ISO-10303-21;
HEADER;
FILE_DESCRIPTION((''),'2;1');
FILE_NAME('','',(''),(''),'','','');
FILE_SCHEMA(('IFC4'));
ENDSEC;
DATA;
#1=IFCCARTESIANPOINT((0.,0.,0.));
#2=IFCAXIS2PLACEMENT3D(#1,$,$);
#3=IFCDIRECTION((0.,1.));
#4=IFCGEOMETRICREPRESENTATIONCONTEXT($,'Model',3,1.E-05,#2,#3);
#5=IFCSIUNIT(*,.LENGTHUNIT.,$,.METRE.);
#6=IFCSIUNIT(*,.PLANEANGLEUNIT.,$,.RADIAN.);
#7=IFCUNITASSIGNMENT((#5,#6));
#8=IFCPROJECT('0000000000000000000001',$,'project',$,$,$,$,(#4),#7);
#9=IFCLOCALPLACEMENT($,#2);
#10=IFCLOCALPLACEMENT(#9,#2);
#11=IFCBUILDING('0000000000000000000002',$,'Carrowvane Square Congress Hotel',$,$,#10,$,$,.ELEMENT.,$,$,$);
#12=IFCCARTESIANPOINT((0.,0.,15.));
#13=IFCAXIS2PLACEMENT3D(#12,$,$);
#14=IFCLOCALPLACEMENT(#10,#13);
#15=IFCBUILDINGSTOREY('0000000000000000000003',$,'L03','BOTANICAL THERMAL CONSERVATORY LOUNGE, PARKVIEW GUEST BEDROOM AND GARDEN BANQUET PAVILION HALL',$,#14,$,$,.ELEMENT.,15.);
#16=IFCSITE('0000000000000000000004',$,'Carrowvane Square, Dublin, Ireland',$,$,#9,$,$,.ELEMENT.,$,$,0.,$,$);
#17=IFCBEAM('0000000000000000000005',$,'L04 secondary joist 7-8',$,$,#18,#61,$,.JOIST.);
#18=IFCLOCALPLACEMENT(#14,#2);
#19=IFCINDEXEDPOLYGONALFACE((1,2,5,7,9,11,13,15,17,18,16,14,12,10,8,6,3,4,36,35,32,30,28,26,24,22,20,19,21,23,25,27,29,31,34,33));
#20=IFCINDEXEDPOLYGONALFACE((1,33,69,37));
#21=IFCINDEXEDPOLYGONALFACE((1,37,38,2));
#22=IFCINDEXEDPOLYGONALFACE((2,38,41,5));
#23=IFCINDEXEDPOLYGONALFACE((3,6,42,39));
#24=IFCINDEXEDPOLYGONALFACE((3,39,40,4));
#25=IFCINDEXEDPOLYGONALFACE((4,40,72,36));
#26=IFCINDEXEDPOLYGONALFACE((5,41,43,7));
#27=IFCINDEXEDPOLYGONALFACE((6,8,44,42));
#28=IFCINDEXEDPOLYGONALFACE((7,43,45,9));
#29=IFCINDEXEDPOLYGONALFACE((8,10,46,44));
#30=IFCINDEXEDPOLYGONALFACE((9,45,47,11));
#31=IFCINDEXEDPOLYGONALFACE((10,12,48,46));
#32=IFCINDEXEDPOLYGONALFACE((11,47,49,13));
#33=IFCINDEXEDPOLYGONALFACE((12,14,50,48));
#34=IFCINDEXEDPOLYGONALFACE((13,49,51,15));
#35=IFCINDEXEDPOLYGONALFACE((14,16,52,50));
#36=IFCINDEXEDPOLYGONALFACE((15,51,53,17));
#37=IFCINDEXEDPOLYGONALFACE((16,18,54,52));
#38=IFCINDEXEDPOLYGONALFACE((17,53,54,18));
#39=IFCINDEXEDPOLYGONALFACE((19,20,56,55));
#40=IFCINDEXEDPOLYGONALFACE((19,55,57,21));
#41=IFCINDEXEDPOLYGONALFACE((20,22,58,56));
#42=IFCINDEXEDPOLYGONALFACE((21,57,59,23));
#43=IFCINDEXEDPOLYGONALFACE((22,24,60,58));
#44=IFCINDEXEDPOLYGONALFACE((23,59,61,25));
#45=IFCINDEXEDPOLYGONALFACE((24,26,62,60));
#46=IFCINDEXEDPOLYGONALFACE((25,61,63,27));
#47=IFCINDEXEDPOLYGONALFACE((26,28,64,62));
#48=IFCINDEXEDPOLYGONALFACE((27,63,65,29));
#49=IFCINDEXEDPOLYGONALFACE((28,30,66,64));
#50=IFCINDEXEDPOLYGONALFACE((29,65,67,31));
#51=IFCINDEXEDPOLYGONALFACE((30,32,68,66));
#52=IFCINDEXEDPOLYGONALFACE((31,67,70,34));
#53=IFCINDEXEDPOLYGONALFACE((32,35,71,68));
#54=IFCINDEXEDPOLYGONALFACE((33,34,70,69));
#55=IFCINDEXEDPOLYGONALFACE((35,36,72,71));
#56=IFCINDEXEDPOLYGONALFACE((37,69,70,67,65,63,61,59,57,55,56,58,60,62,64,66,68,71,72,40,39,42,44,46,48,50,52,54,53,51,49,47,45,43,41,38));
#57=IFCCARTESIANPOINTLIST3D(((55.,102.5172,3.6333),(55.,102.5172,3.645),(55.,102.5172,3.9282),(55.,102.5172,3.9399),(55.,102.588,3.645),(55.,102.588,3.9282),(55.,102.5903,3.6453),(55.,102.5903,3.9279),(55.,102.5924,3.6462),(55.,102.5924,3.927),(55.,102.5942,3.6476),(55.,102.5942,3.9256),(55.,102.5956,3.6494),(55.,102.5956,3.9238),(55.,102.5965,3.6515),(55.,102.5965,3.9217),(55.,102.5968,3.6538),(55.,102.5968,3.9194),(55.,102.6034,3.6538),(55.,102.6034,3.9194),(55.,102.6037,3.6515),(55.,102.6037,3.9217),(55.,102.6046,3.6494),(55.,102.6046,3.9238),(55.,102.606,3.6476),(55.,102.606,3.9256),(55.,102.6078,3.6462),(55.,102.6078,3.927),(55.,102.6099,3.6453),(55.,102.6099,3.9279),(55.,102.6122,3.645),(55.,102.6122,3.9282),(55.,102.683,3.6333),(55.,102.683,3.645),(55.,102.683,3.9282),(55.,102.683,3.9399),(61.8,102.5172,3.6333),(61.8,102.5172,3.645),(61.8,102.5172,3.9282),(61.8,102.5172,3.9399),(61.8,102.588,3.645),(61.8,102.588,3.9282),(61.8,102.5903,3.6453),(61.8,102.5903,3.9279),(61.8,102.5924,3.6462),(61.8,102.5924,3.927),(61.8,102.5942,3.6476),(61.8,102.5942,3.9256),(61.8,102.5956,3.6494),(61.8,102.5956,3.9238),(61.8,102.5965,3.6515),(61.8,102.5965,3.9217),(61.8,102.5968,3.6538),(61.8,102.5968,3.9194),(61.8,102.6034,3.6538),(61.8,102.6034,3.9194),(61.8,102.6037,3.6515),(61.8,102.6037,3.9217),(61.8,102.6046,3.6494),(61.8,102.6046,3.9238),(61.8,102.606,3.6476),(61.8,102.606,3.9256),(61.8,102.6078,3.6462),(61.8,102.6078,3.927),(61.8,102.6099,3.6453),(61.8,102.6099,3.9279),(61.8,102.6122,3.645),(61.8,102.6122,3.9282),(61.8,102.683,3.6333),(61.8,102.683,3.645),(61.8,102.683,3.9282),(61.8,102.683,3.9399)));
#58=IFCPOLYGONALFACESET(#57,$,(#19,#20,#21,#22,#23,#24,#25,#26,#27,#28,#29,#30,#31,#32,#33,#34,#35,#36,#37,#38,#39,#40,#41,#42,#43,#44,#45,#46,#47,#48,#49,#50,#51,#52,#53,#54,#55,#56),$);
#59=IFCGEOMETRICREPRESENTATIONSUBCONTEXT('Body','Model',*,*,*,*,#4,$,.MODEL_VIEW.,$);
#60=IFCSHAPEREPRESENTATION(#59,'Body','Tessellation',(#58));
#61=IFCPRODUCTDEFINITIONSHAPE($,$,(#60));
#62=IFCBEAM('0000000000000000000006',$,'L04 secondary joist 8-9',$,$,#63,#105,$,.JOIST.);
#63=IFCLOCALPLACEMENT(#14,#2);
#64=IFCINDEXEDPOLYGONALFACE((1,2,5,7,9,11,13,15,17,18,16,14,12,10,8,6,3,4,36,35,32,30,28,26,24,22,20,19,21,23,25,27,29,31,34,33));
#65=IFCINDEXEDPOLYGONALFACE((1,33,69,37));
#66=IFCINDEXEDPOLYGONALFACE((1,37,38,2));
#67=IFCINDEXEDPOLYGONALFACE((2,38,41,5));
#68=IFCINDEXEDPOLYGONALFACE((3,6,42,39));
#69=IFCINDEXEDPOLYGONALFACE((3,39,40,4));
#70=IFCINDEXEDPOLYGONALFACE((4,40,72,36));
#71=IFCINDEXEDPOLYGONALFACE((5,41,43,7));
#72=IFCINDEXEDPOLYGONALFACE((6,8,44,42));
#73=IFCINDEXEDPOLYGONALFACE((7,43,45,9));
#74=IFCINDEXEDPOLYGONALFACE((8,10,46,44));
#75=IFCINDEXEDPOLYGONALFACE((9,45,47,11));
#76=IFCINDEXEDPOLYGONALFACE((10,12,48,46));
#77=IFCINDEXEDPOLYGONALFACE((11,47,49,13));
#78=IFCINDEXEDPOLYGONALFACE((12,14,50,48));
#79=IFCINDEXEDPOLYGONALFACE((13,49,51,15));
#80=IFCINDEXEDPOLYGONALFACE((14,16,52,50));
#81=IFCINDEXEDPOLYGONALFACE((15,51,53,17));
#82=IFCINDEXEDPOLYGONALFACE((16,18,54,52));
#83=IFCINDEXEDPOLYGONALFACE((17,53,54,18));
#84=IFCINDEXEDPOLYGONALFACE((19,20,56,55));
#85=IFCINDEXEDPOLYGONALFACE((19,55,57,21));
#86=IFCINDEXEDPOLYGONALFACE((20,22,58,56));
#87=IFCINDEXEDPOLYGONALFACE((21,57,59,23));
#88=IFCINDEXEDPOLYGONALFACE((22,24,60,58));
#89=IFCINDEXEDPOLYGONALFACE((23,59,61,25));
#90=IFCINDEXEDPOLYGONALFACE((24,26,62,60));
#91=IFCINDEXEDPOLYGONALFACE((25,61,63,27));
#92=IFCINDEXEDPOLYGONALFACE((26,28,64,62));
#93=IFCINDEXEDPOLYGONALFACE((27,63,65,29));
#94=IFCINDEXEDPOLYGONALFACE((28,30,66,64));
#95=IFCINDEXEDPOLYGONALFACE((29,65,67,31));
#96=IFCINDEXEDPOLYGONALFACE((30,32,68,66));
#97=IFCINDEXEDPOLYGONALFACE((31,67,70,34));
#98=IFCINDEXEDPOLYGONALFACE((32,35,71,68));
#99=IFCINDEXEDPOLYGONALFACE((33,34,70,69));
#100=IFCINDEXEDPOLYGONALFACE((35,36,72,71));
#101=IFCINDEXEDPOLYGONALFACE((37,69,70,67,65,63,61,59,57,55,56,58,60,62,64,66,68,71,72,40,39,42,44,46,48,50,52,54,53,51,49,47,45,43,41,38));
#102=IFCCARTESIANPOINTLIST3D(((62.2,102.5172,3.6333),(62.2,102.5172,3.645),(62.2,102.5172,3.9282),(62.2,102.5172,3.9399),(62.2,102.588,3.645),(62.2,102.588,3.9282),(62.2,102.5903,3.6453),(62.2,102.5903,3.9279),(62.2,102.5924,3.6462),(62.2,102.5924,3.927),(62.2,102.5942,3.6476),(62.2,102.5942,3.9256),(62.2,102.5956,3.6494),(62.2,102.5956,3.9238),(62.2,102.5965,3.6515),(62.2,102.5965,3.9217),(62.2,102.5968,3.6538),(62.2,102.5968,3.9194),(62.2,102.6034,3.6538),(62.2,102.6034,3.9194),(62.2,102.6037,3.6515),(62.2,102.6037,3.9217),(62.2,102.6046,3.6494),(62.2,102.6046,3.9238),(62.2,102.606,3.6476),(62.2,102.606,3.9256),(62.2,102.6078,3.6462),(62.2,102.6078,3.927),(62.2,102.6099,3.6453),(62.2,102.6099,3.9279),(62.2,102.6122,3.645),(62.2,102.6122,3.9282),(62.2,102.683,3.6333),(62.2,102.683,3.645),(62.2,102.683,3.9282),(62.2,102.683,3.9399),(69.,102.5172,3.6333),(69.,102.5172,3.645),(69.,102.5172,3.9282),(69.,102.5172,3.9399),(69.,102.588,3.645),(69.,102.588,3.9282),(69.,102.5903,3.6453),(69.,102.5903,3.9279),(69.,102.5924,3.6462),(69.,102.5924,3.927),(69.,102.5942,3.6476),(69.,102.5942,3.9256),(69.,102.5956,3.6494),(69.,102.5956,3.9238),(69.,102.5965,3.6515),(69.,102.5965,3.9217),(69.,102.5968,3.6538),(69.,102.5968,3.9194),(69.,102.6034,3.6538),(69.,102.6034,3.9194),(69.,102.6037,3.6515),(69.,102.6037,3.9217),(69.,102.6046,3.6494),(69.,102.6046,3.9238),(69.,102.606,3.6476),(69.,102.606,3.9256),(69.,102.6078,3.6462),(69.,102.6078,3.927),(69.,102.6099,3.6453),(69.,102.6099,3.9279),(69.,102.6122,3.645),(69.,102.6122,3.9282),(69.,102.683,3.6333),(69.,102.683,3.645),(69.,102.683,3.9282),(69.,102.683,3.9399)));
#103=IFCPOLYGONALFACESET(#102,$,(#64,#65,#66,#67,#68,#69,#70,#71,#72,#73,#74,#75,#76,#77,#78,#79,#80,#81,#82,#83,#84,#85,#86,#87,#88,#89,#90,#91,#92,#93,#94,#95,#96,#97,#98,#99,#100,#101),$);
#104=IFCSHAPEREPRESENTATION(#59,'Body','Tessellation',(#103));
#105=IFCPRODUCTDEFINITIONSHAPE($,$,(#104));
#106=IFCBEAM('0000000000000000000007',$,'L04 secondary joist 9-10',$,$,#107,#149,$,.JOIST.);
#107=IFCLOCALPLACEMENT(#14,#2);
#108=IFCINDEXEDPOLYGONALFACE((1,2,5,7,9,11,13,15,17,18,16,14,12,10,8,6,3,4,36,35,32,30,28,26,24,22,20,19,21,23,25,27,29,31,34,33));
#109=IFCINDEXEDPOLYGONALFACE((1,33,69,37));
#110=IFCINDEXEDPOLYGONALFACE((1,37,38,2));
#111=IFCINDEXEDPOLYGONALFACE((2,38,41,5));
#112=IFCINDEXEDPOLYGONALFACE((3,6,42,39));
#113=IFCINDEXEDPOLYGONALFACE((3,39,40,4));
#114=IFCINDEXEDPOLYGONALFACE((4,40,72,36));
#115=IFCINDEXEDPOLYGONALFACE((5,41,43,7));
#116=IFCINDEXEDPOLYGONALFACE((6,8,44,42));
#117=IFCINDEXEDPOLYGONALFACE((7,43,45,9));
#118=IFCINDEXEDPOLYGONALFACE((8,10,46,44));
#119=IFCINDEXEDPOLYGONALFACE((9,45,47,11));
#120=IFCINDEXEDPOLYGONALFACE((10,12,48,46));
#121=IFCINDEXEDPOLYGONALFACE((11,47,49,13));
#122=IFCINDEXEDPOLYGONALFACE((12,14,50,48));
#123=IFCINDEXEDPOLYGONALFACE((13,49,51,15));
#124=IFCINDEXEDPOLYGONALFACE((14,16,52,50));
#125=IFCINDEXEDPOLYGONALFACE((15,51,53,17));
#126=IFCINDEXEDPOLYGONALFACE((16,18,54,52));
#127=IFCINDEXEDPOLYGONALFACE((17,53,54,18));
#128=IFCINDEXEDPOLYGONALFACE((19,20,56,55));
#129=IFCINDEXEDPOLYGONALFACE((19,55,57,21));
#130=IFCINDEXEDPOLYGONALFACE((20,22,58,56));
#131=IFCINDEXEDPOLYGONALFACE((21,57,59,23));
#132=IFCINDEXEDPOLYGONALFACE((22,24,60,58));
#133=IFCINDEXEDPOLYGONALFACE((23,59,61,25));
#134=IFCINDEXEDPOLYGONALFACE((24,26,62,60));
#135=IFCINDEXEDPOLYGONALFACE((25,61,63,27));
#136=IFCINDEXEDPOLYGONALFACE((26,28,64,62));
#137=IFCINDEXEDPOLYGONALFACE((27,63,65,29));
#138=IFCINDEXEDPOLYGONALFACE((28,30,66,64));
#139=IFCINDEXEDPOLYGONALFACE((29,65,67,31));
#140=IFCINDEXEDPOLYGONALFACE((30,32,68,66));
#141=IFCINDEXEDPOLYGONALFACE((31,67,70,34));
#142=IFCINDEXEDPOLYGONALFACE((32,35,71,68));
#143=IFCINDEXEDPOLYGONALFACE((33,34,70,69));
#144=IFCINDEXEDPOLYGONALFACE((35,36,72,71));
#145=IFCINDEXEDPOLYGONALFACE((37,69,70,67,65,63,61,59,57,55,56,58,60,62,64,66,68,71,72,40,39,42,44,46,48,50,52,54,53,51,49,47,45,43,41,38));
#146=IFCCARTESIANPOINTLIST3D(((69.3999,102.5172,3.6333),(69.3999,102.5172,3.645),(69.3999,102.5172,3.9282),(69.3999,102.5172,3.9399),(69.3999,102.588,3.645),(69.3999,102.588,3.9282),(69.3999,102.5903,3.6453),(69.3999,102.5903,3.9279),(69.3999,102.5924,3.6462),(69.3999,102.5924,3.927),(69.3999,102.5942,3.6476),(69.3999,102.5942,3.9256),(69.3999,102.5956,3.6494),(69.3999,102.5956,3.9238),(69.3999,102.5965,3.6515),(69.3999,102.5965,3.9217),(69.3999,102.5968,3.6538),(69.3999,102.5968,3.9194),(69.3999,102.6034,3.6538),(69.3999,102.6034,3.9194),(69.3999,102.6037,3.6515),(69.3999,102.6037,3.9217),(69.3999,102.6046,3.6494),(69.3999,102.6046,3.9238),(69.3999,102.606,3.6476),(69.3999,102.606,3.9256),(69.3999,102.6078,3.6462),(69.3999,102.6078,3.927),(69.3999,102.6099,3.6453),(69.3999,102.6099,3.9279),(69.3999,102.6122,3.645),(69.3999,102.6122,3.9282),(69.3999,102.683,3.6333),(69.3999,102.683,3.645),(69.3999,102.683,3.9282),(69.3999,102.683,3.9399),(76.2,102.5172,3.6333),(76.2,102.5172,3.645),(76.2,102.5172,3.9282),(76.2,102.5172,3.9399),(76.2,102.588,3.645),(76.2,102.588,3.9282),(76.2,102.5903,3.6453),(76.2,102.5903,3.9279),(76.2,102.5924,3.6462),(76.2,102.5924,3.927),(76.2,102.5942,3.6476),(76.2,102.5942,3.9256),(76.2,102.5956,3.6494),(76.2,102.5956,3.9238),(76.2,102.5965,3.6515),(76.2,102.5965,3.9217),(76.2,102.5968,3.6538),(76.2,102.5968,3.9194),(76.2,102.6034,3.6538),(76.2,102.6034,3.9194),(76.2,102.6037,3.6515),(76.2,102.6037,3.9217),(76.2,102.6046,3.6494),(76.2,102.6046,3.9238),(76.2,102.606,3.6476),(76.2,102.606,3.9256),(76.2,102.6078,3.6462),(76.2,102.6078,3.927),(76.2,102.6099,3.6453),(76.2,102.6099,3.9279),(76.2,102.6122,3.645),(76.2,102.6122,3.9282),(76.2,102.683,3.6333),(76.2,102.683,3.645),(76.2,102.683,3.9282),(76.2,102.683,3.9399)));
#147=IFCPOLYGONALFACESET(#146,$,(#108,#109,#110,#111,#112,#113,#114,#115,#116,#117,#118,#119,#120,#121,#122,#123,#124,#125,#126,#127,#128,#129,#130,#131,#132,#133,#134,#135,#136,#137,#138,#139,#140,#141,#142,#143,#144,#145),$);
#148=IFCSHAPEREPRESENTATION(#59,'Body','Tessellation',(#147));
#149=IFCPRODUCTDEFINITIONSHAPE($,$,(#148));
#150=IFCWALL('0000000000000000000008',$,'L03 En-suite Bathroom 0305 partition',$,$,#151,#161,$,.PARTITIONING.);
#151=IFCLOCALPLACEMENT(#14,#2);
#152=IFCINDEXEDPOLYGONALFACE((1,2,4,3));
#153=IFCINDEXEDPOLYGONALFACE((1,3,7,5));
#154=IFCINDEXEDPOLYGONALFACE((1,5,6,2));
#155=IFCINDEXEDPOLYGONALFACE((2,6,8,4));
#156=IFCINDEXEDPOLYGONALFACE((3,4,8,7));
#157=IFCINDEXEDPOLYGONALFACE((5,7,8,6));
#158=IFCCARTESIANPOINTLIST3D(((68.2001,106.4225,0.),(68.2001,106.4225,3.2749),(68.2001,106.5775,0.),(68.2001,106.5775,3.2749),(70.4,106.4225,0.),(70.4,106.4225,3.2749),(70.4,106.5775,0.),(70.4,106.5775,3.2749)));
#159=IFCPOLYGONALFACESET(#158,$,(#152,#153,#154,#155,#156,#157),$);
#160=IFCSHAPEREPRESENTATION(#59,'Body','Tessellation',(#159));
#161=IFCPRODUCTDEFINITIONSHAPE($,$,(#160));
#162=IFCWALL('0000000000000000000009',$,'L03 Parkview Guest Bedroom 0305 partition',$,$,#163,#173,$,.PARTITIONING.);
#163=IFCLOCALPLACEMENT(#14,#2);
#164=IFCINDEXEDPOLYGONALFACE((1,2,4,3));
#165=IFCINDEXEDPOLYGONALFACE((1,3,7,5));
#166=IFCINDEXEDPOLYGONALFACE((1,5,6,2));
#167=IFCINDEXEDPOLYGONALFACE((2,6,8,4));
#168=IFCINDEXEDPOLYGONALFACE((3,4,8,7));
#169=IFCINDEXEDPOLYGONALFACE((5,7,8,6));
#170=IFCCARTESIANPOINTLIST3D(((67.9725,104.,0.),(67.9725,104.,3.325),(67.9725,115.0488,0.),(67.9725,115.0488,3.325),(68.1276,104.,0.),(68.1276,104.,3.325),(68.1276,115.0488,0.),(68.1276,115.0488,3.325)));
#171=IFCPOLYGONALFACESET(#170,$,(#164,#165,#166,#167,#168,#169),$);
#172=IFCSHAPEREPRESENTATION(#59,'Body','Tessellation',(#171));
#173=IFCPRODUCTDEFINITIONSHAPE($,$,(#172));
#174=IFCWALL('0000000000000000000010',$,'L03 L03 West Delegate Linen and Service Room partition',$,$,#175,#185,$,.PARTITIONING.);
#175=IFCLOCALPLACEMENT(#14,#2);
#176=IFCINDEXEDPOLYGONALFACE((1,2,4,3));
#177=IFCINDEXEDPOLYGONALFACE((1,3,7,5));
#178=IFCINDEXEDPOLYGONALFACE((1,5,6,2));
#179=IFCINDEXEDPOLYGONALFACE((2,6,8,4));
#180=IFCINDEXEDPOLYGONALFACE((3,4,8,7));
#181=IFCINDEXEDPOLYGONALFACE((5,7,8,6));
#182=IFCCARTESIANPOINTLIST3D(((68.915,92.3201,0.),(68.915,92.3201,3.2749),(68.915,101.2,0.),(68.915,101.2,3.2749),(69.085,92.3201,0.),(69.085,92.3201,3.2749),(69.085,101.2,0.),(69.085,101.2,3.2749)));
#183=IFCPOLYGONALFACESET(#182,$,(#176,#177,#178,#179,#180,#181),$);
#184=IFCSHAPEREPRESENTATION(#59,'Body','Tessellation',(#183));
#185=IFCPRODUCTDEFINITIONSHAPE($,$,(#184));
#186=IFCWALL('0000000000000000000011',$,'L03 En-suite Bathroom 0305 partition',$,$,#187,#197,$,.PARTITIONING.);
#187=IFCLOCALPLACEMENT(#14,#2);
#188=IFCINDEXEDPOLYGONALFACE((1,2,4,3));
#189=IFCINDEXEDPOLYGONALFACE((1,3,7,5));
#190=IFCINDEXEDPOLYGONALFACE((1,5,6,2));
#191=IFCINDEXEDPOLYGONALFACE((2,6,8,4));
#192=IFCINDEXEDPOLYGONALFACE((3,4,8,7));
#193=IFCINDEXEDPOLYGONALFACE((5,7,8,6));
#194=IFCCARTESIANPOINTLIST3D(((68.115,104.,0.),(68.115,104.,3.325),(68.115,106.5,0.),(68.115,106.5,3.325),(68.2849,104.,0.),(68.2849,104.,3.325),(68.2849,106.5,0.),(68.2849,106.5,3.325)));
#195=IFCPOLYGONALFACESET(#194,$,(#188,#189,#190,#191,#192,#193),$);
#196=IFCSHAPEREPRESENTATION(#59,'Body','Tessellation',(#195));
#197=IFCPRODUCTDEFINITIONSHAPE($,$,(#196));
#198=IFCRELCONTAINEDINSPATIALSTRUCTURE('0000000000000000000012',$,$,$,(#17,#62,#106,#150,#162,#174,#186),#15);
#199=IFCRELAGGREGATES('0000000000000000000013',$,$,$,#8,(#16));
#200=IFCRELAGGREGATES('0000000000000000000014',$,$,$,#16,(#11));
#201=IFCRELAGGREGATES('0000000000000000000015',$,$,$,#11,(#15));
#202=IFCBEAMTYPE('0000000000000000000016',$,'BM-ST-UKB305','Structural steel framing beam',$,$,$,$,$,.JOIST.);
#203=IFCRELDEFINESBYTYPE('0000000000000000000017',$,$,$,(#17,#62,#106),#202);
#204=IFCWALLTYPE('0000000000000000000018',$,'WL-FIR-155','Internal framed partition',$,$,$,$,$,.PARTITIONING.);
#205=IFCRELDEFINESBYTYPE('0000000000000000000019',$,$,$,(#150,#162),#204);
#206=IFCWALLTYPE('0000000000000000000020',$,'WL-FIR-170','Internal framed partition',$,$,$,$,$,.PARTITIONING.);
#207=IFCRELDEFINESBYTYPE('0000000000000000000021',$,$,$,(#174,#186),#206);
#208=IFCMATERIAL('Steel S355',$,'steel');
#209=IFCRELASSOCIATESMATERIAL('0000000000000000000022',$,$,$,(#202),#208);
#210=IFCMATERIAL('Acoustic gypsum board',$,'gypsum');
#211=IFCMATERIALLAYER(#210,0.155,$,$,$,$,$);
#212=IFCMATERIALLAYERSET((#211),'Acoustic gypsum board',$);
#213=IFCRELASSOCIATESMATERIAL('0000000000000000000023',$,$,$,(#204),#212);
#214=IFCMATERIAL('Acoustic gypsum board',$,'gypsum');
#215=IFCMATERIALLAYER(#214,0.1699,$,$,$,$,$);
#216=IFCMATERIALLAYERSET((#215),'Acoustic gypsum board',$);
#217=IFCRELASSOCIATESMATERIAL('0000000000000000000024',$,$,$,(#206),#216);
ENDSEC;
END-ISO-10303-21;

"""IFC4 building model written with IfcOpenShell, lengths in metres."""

from ifc_helpers import new_model, si_unit, direction, frame, frame_2d, origin, origin_2d, place, context, subcontext, project, spatial, rectangle, i_section, extrude, material, layer, layer_set, material_profile, profile_set, type_object, element, save


model = new_model("IFC4")

# Units and contexts
model_context = context("Model", 3, precision=1e-05, world=origin(), true_north=direction((0.0, 1.0)))
body_context = subcontext(model_context, "Body", "Model", "MODEL_VIEW")
ifc_project = project(units=[si_unit("LENGTHUNIT", "METRE"), si_unit("PLANEANGLEUNIT", "RADIAN")], contexts=[model_context])

# Site, building, storey
site_placement = place(None, origin())
site = spatial("IfcSite", under=ifc_project, at=site_placement, Name="Carrowvane Square, Dublin, Ireland", CompositionType="ELEMENT", RefElevation=0.0)
building_placement = place(site_placement, origin())
building = spatial("IfcBuilding", under=site, at=building_placement, Name="Carrowvane Square Congress Hotel", CompositionType="ELEMENT")
storey_placement = place(building_placement, frame((0.0, 0.0, 15.0)))
storey = spatial("IfcBuildingStorey", under=building, at=storey_placement, Name="L03", Description="BOTANICAL THERMAL CONSERVATORY LOUNGE, PARKVIEW GUEST BEDROOM AND GARDEN BANQUET PAVILION HALL", CompositionType="ELEMENT", Elevation=15.0)

# Beams
ifc_material_1 = material(Name="Steel S355", Category="steel")
ifc_material_profile_1 = material_profile(ifc_material_1, i_section(OverallWidth=0.1658, OverallDepth=0.3066, WebThickness=0.0066, FlangeThickness=0.0117, FilletRadius=0.0088, at=origin_2d()), Name="UKB 305x165x46")
ifc_profile_set_1 = profile_set([ifc_material_profile_1], Name="Steel S355")
beam_type_1 = type_object("IfcBeamType", Name="BM-ST-UKB305", Description="Structural steel framing beam", PredefinedType="JOIST", material=ifc_profile_set_1)
for number, where, z_axis, x_axis, name in (
    (1, (55.0, 102.6001, 3.7866), (1.0, 0.0, 0.0), (0.0, 1.0, 0.0), "L04 secondary joist 7-8"),
    (2, (62.2, 102.6001, 3.7866), (1.0, 0.0, 0.0), (0.0, 1.0, 0.0), "L04 secondary joist 8-9"),
    (3, (69.3999, 102.6001, 3.7866), (1.0, 0.0, 0.0), (0.0, 1.0, 0.0), "L04 secondary joist 9-10"),
):
    element("IfcBeam", number, at=place(storey_placement, frame(where, z_axis=z_axis, x_axis=x_axis)), inside=storey, type_object=beam_type_1, Name=name, PredefinedType="JOIST", context=body_context, shape_type="SweptSolid", body=[
        extrude(i_section(OverallWidth=0.1658, OverallDepth=0.3066, WebThickness=0.0066, FlangeThickness=0.0117, FilletRadius=0.0088, at=origin_2d()), origin(), (0.0, 0.0, 1.0), 6.8),
    ])

# Walls
ifc_material_2 = material(Name="Acoustic gypsum board", Category="gypsum")
ifc_layer_1 = layer(ifc_material_2, 0.155)
ifc_layer_set_1 = layer_set([ifc_layer_1], Name="Acoustic gypsum board")
wall_type_1 = type_object("IfcWallType", Name="WL-FIR-155", Description="Internal framed partition", PredefinedType="PARTITIONING", material=ifc_layer_set_1)
wall_1_placement = place(storey_placement, frame((68.2, 106.5, 0.0), z_axis=(0.0, 0.0, 1.0), x_axis=(1.0, 0.0, 0.0)))
element("IfcWall", 4, at=wall_1_placement, inside=storey, type_object=wall_type_1, Name="L03 En-suite Bathroom 0305 partition", PredefinedType="PARTITIONING", context=body_context, shape_type="SweptSolid", body=[
    extrude(rectangle(XDim=2.2, YDim=0.155, at=frame_2d((1.1001, 0.0))), origin(), (0.0, 0.0, 1.0), 3.2749),
])
wall_2_placement = place(storey_placement, frame((68.05, 104.0, 0.0), z_axis=(0.0, 0.0, 1.0), x_axis=(0.0, 1.0, 0.0)))
element("IfcWall", 5, at=wall_2_placement, inside=storey, type_object=wall_type_1, Name="L03 Parkview Guest Bedroom 0305 partition", PredefinedType="PARTITIONING", context=body_context, shape_type="SweptSolid", body=[
    extrude(rectangle(XDim=11.0488, YDim=0.155, at=frame_2d((5.5244, 0.0))), origin(), (0.0, 0.0, 1.0), 3.325),
])
ifc_material_3 = material(Name="Acoustic gypsum board", Category="gypsum")
ifc_layer_2 = layer(ifc_material_3, 0.1699)
ifc_layer_set_2 = layer_set([ifc_layer_2], Name="Acoustic gypsum board")
wall_type_2 = type_object("IfcWallType", Name="WL-FIR-170", Description="Internal framed partition", PredefinedType="PARTITIONING", material=ifc_layer_set_2)
wall_3_placement = place(storey_placement, frame((69.0, 101.2, 0.0), z_axis=(0.0, 0.0, 1.0), x_axis=(0.0, -1.0, 0.0)))
element("IfcWall", 6, at=wall_3_placement, inside=storey, type_object=wall_type_2, Name="L03 L03 West Delegate Linen and Service Room partition", PredefinedType="PARTITIONING", context=body_context, shape_type="SweptSolid", body=[
    extrude(rectangle(XDim=8.8799, YDim=0.1699, at=frame_2d((4.4399, 0.0))), origin(), (0.0, 0.0, 1.0), 3.2749),
])
wall_4_placement = place(storey_placement, frame((68.2, 104.0, 0.0), z_axis=(0.0, 0.0, 1.0), x_axis=(0.0, 1.0, 0.0)))
element("IfcWall", 7, at=wall_4_placement, inside=storey, type_object=wall_type_2, Name="L03 En-suite Bathroom 0305 partition", PredefinedType="PARTITIONING", context=body_context, shape_type="SweptSolid", body=[
    extrude(rectangle(XDim=2.5, YDim=0.1699, at=frame_2d((1.25, 0.0))), origin(), (0.0, 0.0, 1.0), 3.325),
])

save(model, "model.ifc")
